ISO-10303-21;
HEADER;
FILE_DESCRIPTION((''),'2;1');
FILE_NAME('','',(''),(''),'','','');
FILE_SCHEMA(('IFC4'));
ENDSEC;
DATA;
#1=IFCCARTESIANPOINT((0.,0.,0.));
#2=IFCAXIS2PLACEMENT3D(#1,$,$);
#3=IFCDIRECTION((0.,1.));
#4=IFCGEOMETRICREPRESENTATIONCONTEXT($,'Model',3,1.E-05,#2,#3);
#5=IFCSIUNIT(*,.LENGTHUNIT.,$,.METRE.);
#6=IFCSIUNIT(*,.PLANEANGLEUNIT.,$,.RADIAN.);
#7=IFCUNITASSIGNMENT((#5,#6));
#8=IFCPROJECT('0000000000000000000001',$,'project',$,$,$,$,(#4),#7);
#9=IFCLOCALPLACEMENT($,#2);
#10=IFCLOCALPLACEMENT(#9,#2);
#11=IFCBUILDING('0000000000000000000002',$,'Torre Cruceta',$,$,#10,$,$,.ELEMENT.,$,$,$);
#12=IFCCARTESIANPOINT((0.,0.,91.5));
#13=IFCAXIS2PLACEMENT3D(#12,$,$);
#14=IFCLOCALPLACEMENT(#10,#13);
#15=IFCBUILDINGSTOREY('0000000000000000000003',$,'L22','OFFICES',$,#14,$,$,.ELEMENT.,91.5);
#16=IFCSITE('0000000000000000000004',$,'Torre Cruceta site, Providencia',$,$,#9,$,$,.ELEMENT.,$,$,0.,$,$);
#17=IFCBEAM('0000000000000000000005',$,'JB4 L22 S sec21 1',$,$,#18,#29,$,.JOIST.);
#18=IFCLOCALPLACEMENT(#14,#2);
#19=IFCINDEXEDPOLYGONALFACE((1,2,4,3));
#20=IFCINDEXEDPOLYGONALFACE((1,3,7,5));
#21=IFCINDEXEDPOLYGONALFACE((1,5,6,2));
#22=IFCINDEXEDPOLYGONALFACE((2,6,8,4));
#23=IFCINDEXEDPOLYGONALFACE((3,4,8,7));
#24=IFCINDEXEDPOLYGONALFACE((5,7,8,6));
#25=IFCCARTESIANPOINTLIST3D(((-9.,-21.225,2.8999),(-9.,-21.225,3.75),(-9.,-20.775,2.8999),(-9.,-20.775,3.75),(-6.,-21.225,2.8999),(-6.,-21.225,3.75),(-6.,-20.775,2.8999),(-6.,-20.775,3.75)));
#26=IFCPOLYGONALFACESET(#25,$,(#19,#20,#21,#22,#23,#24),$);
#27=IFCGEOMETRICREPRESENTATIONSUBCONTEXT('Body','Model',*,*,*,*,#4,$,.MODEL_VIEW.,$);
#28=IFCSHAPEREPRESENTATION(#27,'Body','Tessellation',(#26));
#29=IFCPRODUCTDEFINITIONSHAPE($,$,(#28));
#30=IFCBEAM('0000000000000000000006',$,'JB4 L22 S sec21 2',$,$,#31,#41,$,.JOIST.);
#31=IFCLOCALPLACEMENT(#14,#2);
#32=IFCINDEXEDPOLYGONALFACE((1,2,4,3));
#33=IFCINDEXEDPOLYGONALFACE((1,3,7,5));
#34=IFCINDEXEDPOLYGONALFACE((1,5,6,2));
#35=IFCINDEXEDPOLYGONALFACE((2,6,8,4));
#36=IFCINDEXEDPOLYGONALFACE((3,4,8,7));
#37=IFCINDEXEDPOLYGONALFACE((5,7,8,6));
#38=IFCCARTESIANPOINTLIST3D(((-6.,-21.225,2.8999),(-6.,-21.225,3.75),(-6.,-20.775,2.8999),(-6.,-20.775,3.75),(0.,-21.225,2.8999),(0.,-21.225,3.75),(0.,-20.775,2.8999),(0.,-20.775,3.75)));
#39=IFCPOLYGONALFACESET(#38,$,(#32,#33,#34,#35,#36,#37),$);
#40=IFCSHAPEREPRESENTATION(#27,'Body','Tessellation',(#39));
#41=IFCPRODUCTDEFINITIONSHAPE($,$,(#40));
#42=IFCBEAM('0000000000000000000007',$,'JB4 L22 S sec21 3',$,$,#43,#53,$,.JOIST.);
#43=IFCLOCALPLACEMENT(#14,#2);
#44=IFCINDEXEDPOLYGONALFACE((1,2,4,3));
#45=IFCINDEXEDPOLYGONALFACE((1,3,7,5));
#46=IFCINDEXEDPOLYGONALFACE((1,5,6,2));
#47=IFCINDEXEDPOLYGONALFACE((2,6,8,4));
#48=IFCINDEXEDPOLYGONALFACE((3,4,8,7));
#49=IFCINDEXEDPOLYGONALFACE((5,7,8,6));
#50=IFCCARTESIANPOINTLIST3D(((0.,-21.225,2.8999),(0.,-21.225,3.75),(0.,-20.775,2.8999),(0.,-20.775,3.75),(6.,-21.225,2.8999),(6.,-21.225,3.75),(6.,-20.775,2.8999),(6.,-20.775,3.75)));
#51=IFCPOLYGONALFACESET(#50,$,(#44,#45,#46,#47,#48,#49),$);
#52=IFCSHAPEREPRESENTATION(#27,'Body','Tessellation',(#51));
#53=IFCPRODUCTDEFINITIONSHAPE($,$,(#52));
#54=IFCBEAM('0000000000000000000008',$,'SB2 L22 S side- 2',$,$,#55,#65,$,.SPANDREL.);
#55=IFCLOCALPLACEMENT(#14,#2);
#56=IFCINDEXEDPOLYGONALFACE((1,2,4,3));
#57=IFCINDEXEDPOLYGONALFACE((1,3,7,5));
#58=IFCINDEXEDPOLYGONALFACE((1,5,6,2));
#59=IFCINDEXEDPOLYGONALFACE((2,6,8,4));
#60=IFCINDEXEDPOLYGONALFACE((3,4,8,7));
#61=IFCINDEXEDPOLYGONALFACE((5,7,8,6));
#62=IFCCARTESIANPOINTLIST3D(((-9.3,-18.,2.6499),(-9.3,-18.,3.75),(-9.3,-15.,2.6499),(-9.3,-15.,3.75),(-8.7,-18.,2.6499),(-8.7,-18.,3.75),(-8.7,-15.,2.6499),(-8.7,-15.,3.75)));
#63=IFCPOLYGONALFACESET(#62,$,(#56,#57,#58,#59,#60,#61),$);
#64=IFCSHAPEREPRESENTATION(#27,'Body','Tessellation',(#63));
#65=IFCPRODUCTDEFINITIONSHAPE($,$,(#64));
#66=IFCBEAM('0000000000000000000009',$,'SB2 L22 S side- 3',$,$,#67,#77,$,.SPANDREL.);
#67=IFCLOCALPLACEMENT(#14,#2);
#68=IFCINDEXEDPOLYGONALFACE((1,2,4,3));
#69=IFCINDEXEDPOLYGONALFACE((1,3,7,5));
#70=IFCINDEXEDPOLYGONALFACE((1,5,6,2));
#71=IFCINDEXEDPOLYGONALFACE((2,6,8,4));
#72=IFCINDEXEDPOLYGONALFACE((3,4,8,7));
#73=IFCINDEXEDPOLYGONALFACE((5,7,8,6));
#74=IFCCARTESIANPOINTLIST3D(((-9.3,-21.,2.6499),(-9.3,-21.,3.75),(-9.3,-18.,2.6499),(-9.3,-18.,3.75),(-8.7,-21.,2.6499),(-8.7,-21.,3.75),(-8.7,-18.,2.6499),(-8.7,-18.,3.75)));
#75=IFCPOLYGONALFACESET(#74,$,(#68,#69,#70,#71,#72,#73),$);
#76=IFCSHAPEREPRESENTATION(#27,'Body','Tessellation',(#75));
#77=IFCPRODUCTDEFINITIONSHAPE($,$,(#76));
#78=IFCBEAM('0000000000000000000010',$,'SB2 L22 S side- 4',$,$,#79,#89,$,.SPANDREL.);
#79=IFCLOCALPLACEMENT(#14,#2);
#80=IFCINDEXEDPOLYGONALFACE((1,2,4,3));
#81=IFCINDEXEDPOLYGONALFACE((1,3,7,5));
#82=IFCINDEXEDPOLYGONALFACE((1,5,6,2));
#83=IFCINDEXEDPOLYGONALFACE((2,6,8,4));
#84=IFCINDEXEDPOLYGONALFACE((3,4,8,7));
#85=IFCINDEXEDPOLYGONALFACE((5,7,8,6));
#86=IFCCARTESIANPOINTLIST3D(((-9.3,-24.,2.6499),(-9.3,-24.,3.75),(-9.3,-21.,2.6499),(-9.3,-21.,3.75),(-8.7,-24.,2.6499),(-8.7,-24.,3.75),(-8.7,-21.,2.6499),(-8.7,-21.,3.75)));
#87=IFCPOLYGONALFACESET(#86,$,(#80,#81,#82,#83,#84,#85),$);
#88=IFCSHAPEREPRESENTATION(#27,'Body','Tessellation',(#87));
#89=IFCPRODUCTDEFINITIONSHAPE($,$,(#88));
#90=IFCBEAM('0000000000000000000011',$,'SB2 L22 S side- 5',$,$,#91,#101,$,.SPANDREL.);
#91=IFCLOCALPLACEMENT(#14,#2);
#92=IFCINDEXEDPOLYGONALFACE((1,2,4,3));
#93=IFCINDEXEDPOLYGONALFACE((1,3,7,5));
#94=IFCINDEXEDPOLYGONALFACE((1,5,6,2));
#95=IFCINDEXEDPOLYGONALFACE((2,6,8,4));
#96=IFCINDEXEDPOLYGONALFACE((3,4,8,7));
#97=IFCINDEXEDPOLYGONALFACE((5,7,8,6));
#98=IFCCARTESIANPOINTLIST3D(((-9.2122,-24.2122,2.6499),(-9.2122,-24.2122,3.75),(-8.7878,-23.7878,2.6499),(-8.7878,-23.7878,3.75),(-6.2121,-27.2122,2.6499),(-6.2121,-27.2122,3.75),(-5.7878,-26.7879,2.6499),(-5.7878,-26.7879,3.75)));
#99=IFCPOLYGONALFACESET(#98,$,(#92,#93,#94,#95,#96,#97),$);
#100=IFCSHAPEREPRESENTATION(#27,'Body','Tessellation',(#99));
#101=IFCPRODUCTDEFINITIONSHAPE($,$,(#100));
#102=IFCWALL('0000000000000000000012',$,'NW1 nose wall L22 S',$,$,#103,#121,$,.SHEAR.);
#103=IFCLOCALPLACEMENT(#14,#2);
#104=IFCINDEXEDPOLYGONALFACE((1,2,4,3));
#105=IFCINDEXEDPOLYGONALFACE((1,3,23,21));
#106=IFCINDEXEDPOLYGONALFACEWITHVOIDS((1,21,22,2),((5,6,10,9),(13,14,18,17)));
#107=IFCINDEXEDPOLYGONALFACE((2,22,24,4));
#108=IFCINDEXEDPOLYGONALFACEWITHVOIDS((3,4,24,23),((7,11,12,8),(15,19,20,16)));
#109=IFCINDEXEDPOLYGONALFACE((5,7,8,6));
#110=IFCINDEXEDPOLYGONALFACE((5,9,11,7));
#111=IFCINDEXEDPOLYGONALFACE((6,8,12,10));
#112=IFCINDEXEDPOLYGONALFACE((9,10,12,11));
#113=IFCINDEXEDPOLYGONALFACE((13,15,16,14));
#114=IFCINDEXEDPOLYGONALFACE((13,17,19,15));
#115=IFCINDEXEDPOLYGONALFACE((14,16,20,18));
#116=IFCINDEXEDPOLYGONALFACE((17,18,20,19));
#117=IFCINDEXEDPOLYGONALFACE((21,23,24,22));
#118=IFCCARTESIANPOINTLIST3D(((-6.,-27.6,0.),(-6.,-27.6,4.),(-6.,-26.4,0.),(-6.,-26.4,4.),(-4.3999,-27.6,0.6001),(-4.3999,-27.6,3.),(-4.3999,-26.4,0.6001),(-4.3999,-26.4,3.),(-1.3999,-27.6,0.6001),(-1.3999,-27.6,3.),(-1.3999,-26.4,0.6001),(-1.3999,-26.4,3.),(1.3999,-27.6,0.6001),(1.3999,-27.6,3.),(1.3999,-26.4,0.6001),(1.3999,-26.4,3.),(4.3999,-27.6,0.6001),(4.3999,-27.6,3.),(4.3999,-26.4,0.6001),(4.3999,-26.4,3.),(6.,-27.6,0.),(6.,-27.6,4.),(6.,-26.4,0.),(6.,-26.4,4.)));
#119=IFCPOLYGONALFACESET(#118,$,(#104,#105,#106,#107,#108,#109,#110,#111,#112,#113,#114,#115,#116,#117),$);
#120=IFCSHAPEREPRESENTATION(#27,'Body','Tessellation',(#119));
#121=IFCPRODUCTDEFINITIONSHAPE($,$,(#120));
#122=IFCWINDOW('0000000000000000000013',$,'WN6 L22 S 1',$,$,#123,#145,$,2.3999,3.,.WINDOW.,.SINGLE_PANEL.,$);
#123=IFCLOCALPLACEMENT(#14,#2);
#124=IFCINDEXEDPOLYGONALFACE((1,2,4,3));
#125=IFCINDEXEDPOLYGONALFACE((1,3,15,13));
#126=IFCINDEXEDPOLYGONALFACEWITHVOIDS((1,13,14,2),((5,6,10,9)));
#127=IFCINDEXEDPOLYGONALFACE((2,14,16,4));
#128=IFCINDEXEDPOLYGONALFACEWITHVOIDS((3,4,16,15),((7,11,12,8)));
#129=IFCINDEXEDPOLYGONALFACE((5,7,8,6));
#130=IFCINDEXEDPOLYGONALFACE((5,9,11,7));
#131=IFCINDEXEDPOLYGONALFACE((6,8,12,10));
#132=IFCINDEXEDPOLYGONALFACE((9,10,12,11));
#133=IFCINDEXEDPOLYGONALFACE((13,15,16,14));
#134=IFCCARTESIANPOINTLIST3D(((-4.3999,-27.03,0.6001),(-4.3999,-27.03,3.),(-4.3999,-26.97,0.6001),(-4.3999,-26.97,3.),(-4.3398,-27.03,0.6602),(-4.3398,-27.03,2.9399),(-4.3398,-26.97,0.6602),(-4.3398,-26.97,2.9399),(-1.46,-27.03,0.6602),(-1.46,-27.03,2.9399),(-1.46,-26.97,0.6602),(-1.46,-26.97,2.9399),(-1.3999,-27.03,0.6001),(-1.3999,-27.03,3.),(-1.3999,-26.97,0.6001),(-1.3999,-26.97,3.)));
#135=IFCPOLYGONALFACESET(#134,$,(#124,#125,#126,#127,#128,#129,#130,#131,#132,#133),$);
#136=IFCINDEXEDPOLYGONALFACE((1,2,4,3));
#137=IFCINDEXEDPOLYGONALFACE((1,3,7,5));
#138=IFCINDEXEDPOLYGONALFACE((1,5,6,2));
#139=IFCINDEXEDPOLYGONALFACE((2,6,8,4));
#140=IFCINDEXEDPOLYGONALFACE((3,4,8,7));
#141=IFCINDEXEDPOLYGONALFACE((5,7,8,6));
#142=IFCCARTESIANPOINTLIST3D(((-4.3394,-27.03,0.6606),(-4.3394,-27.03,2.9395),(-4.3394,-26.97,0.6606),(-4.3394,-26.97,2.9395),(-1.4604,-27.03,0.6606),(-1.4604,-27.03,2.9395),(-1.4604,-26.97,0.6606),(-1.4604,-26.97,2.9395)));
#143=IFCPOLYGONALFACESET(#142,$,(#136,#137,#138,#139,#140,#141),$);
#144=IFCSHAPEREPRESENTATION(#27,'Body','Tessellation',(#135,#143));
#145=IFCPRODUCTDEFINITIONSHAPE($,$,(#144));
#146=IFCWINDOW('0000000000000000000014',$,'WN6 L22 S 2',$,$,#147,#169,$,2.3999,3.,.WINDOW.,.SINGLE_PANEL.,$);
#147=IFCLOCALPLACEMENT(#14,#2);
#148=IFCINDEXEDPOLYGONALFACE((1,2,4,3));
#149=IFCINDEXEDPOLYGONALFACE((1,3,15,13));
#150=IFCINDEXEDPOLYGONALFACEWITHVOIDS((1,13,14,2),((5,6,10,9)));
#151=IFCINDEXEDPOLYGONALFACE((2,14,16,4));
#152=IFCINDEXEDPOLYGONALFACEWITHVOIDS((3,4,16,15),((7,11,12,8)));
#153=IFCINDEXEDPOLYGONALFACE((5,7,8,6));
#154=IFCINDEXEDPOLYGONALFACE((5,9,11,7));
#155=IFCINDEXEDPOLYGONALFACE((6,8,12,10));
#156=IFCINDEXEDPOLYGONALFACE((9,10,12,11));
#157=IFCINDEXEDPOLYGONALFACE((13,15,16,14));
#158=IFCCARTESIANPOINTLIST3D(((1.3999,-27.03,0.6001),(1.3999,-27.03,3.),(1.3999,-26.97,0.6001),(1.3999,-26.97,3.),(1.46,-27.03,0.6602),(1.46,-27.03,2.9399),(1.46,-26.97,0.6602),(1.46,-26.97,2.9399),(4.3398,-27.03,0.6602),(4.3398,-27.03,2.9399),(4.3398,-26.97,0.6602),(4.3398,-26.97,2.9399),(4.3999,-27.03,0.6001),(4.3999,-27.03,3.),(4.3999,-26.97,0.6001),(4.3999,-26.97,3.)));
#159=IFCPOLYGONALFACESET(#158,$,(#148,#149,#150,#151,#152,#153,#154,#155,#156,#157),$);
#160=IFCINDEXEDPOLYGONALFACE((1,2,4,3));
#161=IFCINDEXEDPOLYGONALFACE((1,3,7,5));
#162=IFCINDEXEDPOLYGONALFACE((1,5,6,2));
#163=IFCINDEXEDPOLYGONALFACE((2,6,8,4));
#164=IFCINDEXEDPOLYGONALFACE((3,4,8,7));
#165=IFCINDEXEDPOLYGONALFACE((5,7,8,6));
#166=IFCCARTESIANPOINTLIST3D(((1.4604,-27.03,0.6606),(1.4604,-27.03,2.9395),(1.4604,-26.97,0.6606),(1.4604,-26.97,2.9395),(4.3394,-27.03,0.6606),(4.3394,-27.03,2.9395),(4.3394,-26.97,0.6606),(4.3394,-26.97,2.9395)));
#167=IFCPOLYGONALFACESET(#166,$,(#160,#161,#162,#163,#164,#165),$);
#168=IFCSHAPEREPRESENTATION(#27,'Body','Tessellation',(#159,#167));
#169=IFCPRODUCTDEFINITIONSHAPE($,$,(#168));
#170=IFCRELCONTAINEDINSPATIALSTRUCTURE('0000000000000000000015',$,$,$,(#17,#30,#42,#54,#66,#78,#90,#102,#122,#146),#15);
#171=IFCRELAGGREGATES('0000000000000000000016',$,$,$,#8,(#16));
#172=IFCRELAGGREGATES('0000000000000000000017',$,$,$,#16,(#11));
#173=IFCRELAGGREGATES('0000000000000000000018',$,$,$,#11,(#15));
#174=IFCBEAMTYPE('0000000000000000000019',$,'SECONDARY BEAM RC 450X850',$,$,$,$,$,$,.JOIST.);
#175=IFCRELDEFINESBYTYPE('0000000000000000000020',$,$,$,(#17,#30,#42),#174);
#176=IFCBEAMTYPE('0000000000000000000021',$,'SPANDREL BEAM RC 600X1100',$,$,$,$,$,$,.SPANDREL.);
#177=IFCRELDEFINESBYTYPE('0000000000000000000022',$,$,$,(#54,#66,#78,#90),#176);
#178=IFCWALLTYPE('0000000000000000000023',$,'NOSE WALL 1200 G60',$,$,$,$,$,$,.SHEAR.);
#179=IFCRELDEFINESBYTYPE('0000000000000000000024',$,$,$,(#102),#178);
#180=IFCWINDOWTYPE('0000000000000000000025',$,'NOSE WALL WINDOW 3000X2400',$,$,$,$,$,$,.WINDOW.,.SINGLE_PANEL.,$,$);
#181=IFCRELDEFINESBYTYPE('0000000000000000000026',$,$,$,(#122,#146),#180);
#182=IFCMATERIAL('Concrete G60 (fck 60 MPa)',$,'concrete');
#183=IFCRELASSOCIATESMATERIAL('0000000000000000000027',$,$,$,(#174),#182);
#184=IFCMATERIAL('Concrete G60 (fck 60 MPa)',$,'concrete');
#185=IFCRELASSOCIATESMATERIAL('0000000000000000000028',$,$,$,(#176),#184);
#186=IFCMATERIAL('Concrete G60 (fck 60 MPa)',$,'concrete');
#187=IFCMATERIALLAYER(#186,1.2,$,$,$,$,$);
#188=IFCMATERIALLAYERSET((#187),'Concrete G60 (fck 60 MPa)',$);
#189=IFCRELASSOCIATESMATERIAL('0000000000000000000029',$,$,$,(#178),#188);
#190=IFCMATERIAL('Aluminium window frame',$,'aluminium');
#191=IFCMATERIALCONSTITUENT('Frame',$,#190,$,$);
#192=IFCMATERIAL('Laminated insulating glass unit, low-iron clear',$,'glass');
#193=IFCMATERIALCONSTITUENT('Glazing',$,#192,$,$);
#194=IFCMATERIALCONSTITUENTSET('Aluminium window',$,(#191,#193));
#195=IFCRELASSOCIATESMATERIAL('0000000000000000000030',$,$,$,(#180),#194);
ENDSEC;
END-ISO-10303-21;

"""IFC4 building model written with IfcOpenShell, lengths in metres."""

from ifc_helpers import new_model, si_unit, direction, frame, frame_2d, origin, origin_2d, place, context, subcontext, project, spatial, rectangle, hollow_rectangle, extrude, material, layer, layer_set, constituent, constituent_set, material_profile, profile_set, type_object, element, fill, save


model = new_model("IFC4")

# Units and contexts
model_context = context("Model", 3, precision=1e-05, world=origin(), true_north=direction((0.0, 1.0)))
body_context = subcontext(model_context, "Body", "Model", "MODEL_VIEW")
ifc_project = project(units=[si_unit("LENGTHUNIT", "METRE"), si_unit("PLANEANGLEUNIT", "RADIAN")], contexts=[model_context])

# Site, building, storey
site_placement = place(None, origin())
site = spatial("IfcSite", under=ifc_project, at=site_placement, Name="Torre Cruceta site, Providencia", CompositionType="ELEMENT", RefElevation=0.0)
building_placement = place(site_placement, origin())
building = spatial("IfcBuilding", under=site, at=building_placement, Name="Torre Cruceta", CompositionType="ELEMENT")
storey_placement = place(building_placement, frame((0.0, 0.0, 91.5)))
storey = spatial("IfcBuildingStorey", under=building, at=storey_placement, Name="L22", Description="OFFICES", CompositionType="ELEMENT", Elevation=91.5)

# Beams
ifc_material_1 = material(Name="Concrete G60 (fck 60 MPa)", Category="concrete")
ifc_material_profile_1 = material_profile(ifc_material_1, rectangle(XDim=0.45, YDim=0.8501, at=origin_2d()), Name="RC 450X850")
ifc_profile_set_1 = profile_set([ifc_material_profile_1], Name="Concrete G60 (fck 60 MPa)")
beam_type_1 = type_object("IfcBeamType", Name="SECONDARY BEAM RC 450X850", PredefinedType="JOIST", material=ifc_profile_set_1)
beam_1_placement = place(storey_placement, frame((-9.0, -21.0, 3.325), z_axis=(1.0, 0.0, 0.0), x_axis=(0.0, 1.0, 0.0)))
element("IfcBeam", 1, at=beam_1_placement, inside=storey, type_object=beam_type_1, Name="JB4 L22 S sec21 1", PredefinedType="JOIST", context=body_context, shape_type="SweptSolid", body=[
    extrude(rectangle(XDim=0.45, YDim=0.8501, at=origin_2d()), origin(), (0.0, 0.0, 1.0), 3.0),
])
for number, where, z_axis, x_axis, name in (
    (2, (-6.0, -21.0, 3.325), (1.0, 0.0, 0.0), (0.0, 1.0, 0.0), "JB4 L22 S sec21 2"),
    (3, (0.0, -21.0, 3.325), (1.0, 0.0, 0.0), (0.0, 1.0, 0.0), "JB4 L22 S sec21 3"),
):
    element("IfcBeam", number, at=place(storey_placement, frame(where, z_axis=z_axis, x_axis=x_axis)), inside=storey, type_object=beam_type_1, Name=name, PredefinedType="JOIST", context=body_context, shape_type="SweptSolid", body=[
        extrude(rectangle(XDim=0.45, YDim=0.8501, at=origin_2d()), origin(), (0.0, 0.0, 1.0), 6.0),
    ])
ifc_material_2 = material(Name="Concrete G60 (fck 60 MPa)", Category="concrete")
ifc_material_profile_2 = material_profile(ifc_material_2, rectangle(XDim=0.6001, YDim=1.1001, at=origin_2d()), Name="RC 600X1100")
ifc_profile_set_2 = profile_set([ifc_material_profile_2], Name="Concrete G60 (fck 60 MPa)")
beam_type_2 = type_object("IfcBeamType", Name="SPANDREL BEAM RC 600X1100", PredefinedType="SPANDREL", material=ifc_profile_set_2)
for number, where, z_axis, x_axis, name in (
    (4, (-9.0, -15.0, 3.2), (0.0, -1.0, 0.0), (1.0, 0.0, 0.0), "SB2 L22 S side- 2"),
    (5, (-9.0, -18.0, 3.2), (0.0, -1.0, 0.0), (1.0, 0.0, 0.0), "SB2 L22 S side- 3"),
    (6, (-9.0, -21.0, 3.2), (0.0, -1.0, 0.0), (1.0, 0.0, 0.0), "SB2 L22 S side- 4"),
):
    element("IfcBeam", number, at=place(storey_placement, frame(where, z_axis=z_axis, x_axis=x_axis)), inside=storey, type_object=beam_type_2, Name=name, PredefinedType="SPANDREL", context=body_context, shape_type="SweptSolid", body=[
        extrude(rectangle(XDim=0.6001, YDim=1.1001, at=origin_2d()), origin(), (0.0, 0.0, 1.0), 3.0),
    ])
beam_2_placement = place(storey_placement, frame((-9.0, -24.0, 3.2), z_axis=(0.707107, -0.707107, 0.0), x_axis=(0.707107, 0.707107, 0.0)))
element("IfcBeam", 7, at=beam_2_placement, inside=storey, type_object=beam_type_2, Name="SB2 L22 S side- 5", PredefinedType="SPANDREL", context=body_context, shape_type="SweptSolid", body=[
    extrude(rectangle(XDim=0.6001, YDim=1.1001, at=origin_2d()), origin(), (0.0, 0.0, 1.0), 4.2427),
])

# Wall, openings, windows
ifc_material_3 = material(Name="Concrete G60 (fck 60 MPa)", Category="concrete")
ifc_layer_1 = layer(ifc_material_3, 1.2)
ifc_layer_set_1 = layer_set([ifc_layer_1], Name="Concrete G60 (fck 60 MPa)")
wall_type_1 = type_object("IfcWallType", Name="NOSE WALL 1200 G60", PredefinedType="SHEAR", material=ifc_layer_set_1)
wall_1_placement = place(storey_placement, frame((-6.0, -27.0, 0.0), z_axis=(0.0, 0.0, 1.0), x_axis=(1.0, 0.0, 0.0)))
wall_1 = element("IfcWall", 8, at=wall_1_placement, inside=storey, type_object=wall_type_1, Name="NW1 nose wall L22 S", PredefinedType="SHEAR", context=body_context, shape_type="SweptSolid", body=[
    extrude(rectangle(XDim=12.0, YDim=1.2, at=frame_2d((6.0, 0.0))), origin(), (0.0, 0.0, 1.0), 4.0),
])
opening_1_placement = place(wall_1_placement, frame((1.6001, 0.0, 0.6001)))
opening_1 = element("IfcOpeningElement", 9, at=opening_1_placement, cuts=wall_1, PredefinedType="OPENING", context=body_context, shape_type="SweptSolid", body=[
    extrude(rectangle(XDim=3.0, YDim=2.3999, at=frame_2d((1.5, 1.2))), frame((0.0, 0.6099, 0.0), z_axis=(0.0, -1.0, 0.0), x_axis=(1.0, 0.0, 0.0)), (0.0, 0.0, 1.0), 1.22),
])
opening_2_placement = place(wall_1_placement, frame((7.3999, 0.0, 0.6001)))
opening_2 = element("IfcOpeningElement", 10, at=opening_2_placement, cuts=wall_1, PredefinedType="OPENING", context=body_context, shape_type="SweptSolid", body=[
    extrude(rectangle(XDim=3.0, YDim=2.3999, at=frame_2d((1.5, 1.2))), frame((0.0, 0.6099, 0.0), z_axis=(0.0, -1.0, 0.0), x_axis=(1.0, 0.0, 0.0)), (0.0, 0.0, 1.0), 1.22),
])
ifc_material_4 = material(Name="Aluminium window frame", Category="aluminium")
ifc_constituent_1 = constituent(ifc_material_4, Name="Frame")
ifc_material_5 = material(Name="Laminated insulating glass unit, low-iron clear", Category="glass")
ifc_constituent_2 = constituent(ifc_material_5, Name="Glazing")
ifc_constituent_set_1 = constituent_set(constituents=[ifc_constituent_1, ifc_constituent_2], Name="Aluminium window")
window_type = type_object("IfcWindowType", Name="NOSE WALL WINDOW 3000X2400", PartitioningType="SINGLE_PANEL", PredefinedType="WINDOW", material=ifc_constituent_set_1)
window_1_placement = place(opening_1_placement, origin())
window_1 = element("IfcWindow", 11, at=window_1_placement, inside=storey, type_object=window_type, Name="WN6 L22 S 1", OverallHeight=2.3999, OverallWidth=3.0, PartitioningType="SINGLE_PANEL", PredefinedType="WINDOW", context=body_context, shape_type="SweptSolid", body=[
    extrude(hollow_rectangle(XDim=3.0, YDim=2.3999, WallThickness=0.0601, at=frame_2d((1.5, 1.2))), frame((0.0, 0.03, 0.0), z_axis=(0.0, -1.0, 0.0), x_axis=(1.0, 0.0, 0.0)), (0.0, 0.0, 1.0), 0.0601),
    extrude(rectangle(XDim=2.8789, YDim=2.2788, at=frame_2d((1.5, 1.2))), frame((0.0, 0.03, 0.0), z_axis=(0.0, -1.0, 0.0), x_axis=(1.0, 0.0, 0.0)), (0.0, 0.0, 1.0), 0.0601),
])
fill(opening_1, window_1)
window_2_placement = place(opening_2_placement, origin())
window_2 = element("IfcWindow", 12, at=window_2_placement, inside=storey, type_object=window_type, Name="WN6 L22 S 2", OverallHeight=2.3999, OverallWidth=3.0, PartitioningType="SINGLE_PANEL", PredefinedType="WINDOW", context=body_context, shape_type="SweptSolid", body=[
    extrude(hollow_rectangle(XDim=3.0, YDim=2.3999, WallThickness=0.0601, at=frame_2d((1.5, 1.2))), frame((0.0, 0.03, 0.0), z_axis=(0.0, -1.0, 0.0), x_axis=(1.0, 0.0, 0.0)), (0.0, 0.0, 1.0), 0.0601),
    extrude(rectangle(XDim=2.8789, YDim=2.2788, at=frame_2d((1.5, 1.2))), frame((0.0, 0.03, 0.0), z_axis=(0.0, -1.0, 0.0), x_axis=(1.0, 0.0, 0.0)), (0.0, 0.0, 1.0), 0.0601),
])
fill(opening_2, window_2)

save(model, "model.ifc")
